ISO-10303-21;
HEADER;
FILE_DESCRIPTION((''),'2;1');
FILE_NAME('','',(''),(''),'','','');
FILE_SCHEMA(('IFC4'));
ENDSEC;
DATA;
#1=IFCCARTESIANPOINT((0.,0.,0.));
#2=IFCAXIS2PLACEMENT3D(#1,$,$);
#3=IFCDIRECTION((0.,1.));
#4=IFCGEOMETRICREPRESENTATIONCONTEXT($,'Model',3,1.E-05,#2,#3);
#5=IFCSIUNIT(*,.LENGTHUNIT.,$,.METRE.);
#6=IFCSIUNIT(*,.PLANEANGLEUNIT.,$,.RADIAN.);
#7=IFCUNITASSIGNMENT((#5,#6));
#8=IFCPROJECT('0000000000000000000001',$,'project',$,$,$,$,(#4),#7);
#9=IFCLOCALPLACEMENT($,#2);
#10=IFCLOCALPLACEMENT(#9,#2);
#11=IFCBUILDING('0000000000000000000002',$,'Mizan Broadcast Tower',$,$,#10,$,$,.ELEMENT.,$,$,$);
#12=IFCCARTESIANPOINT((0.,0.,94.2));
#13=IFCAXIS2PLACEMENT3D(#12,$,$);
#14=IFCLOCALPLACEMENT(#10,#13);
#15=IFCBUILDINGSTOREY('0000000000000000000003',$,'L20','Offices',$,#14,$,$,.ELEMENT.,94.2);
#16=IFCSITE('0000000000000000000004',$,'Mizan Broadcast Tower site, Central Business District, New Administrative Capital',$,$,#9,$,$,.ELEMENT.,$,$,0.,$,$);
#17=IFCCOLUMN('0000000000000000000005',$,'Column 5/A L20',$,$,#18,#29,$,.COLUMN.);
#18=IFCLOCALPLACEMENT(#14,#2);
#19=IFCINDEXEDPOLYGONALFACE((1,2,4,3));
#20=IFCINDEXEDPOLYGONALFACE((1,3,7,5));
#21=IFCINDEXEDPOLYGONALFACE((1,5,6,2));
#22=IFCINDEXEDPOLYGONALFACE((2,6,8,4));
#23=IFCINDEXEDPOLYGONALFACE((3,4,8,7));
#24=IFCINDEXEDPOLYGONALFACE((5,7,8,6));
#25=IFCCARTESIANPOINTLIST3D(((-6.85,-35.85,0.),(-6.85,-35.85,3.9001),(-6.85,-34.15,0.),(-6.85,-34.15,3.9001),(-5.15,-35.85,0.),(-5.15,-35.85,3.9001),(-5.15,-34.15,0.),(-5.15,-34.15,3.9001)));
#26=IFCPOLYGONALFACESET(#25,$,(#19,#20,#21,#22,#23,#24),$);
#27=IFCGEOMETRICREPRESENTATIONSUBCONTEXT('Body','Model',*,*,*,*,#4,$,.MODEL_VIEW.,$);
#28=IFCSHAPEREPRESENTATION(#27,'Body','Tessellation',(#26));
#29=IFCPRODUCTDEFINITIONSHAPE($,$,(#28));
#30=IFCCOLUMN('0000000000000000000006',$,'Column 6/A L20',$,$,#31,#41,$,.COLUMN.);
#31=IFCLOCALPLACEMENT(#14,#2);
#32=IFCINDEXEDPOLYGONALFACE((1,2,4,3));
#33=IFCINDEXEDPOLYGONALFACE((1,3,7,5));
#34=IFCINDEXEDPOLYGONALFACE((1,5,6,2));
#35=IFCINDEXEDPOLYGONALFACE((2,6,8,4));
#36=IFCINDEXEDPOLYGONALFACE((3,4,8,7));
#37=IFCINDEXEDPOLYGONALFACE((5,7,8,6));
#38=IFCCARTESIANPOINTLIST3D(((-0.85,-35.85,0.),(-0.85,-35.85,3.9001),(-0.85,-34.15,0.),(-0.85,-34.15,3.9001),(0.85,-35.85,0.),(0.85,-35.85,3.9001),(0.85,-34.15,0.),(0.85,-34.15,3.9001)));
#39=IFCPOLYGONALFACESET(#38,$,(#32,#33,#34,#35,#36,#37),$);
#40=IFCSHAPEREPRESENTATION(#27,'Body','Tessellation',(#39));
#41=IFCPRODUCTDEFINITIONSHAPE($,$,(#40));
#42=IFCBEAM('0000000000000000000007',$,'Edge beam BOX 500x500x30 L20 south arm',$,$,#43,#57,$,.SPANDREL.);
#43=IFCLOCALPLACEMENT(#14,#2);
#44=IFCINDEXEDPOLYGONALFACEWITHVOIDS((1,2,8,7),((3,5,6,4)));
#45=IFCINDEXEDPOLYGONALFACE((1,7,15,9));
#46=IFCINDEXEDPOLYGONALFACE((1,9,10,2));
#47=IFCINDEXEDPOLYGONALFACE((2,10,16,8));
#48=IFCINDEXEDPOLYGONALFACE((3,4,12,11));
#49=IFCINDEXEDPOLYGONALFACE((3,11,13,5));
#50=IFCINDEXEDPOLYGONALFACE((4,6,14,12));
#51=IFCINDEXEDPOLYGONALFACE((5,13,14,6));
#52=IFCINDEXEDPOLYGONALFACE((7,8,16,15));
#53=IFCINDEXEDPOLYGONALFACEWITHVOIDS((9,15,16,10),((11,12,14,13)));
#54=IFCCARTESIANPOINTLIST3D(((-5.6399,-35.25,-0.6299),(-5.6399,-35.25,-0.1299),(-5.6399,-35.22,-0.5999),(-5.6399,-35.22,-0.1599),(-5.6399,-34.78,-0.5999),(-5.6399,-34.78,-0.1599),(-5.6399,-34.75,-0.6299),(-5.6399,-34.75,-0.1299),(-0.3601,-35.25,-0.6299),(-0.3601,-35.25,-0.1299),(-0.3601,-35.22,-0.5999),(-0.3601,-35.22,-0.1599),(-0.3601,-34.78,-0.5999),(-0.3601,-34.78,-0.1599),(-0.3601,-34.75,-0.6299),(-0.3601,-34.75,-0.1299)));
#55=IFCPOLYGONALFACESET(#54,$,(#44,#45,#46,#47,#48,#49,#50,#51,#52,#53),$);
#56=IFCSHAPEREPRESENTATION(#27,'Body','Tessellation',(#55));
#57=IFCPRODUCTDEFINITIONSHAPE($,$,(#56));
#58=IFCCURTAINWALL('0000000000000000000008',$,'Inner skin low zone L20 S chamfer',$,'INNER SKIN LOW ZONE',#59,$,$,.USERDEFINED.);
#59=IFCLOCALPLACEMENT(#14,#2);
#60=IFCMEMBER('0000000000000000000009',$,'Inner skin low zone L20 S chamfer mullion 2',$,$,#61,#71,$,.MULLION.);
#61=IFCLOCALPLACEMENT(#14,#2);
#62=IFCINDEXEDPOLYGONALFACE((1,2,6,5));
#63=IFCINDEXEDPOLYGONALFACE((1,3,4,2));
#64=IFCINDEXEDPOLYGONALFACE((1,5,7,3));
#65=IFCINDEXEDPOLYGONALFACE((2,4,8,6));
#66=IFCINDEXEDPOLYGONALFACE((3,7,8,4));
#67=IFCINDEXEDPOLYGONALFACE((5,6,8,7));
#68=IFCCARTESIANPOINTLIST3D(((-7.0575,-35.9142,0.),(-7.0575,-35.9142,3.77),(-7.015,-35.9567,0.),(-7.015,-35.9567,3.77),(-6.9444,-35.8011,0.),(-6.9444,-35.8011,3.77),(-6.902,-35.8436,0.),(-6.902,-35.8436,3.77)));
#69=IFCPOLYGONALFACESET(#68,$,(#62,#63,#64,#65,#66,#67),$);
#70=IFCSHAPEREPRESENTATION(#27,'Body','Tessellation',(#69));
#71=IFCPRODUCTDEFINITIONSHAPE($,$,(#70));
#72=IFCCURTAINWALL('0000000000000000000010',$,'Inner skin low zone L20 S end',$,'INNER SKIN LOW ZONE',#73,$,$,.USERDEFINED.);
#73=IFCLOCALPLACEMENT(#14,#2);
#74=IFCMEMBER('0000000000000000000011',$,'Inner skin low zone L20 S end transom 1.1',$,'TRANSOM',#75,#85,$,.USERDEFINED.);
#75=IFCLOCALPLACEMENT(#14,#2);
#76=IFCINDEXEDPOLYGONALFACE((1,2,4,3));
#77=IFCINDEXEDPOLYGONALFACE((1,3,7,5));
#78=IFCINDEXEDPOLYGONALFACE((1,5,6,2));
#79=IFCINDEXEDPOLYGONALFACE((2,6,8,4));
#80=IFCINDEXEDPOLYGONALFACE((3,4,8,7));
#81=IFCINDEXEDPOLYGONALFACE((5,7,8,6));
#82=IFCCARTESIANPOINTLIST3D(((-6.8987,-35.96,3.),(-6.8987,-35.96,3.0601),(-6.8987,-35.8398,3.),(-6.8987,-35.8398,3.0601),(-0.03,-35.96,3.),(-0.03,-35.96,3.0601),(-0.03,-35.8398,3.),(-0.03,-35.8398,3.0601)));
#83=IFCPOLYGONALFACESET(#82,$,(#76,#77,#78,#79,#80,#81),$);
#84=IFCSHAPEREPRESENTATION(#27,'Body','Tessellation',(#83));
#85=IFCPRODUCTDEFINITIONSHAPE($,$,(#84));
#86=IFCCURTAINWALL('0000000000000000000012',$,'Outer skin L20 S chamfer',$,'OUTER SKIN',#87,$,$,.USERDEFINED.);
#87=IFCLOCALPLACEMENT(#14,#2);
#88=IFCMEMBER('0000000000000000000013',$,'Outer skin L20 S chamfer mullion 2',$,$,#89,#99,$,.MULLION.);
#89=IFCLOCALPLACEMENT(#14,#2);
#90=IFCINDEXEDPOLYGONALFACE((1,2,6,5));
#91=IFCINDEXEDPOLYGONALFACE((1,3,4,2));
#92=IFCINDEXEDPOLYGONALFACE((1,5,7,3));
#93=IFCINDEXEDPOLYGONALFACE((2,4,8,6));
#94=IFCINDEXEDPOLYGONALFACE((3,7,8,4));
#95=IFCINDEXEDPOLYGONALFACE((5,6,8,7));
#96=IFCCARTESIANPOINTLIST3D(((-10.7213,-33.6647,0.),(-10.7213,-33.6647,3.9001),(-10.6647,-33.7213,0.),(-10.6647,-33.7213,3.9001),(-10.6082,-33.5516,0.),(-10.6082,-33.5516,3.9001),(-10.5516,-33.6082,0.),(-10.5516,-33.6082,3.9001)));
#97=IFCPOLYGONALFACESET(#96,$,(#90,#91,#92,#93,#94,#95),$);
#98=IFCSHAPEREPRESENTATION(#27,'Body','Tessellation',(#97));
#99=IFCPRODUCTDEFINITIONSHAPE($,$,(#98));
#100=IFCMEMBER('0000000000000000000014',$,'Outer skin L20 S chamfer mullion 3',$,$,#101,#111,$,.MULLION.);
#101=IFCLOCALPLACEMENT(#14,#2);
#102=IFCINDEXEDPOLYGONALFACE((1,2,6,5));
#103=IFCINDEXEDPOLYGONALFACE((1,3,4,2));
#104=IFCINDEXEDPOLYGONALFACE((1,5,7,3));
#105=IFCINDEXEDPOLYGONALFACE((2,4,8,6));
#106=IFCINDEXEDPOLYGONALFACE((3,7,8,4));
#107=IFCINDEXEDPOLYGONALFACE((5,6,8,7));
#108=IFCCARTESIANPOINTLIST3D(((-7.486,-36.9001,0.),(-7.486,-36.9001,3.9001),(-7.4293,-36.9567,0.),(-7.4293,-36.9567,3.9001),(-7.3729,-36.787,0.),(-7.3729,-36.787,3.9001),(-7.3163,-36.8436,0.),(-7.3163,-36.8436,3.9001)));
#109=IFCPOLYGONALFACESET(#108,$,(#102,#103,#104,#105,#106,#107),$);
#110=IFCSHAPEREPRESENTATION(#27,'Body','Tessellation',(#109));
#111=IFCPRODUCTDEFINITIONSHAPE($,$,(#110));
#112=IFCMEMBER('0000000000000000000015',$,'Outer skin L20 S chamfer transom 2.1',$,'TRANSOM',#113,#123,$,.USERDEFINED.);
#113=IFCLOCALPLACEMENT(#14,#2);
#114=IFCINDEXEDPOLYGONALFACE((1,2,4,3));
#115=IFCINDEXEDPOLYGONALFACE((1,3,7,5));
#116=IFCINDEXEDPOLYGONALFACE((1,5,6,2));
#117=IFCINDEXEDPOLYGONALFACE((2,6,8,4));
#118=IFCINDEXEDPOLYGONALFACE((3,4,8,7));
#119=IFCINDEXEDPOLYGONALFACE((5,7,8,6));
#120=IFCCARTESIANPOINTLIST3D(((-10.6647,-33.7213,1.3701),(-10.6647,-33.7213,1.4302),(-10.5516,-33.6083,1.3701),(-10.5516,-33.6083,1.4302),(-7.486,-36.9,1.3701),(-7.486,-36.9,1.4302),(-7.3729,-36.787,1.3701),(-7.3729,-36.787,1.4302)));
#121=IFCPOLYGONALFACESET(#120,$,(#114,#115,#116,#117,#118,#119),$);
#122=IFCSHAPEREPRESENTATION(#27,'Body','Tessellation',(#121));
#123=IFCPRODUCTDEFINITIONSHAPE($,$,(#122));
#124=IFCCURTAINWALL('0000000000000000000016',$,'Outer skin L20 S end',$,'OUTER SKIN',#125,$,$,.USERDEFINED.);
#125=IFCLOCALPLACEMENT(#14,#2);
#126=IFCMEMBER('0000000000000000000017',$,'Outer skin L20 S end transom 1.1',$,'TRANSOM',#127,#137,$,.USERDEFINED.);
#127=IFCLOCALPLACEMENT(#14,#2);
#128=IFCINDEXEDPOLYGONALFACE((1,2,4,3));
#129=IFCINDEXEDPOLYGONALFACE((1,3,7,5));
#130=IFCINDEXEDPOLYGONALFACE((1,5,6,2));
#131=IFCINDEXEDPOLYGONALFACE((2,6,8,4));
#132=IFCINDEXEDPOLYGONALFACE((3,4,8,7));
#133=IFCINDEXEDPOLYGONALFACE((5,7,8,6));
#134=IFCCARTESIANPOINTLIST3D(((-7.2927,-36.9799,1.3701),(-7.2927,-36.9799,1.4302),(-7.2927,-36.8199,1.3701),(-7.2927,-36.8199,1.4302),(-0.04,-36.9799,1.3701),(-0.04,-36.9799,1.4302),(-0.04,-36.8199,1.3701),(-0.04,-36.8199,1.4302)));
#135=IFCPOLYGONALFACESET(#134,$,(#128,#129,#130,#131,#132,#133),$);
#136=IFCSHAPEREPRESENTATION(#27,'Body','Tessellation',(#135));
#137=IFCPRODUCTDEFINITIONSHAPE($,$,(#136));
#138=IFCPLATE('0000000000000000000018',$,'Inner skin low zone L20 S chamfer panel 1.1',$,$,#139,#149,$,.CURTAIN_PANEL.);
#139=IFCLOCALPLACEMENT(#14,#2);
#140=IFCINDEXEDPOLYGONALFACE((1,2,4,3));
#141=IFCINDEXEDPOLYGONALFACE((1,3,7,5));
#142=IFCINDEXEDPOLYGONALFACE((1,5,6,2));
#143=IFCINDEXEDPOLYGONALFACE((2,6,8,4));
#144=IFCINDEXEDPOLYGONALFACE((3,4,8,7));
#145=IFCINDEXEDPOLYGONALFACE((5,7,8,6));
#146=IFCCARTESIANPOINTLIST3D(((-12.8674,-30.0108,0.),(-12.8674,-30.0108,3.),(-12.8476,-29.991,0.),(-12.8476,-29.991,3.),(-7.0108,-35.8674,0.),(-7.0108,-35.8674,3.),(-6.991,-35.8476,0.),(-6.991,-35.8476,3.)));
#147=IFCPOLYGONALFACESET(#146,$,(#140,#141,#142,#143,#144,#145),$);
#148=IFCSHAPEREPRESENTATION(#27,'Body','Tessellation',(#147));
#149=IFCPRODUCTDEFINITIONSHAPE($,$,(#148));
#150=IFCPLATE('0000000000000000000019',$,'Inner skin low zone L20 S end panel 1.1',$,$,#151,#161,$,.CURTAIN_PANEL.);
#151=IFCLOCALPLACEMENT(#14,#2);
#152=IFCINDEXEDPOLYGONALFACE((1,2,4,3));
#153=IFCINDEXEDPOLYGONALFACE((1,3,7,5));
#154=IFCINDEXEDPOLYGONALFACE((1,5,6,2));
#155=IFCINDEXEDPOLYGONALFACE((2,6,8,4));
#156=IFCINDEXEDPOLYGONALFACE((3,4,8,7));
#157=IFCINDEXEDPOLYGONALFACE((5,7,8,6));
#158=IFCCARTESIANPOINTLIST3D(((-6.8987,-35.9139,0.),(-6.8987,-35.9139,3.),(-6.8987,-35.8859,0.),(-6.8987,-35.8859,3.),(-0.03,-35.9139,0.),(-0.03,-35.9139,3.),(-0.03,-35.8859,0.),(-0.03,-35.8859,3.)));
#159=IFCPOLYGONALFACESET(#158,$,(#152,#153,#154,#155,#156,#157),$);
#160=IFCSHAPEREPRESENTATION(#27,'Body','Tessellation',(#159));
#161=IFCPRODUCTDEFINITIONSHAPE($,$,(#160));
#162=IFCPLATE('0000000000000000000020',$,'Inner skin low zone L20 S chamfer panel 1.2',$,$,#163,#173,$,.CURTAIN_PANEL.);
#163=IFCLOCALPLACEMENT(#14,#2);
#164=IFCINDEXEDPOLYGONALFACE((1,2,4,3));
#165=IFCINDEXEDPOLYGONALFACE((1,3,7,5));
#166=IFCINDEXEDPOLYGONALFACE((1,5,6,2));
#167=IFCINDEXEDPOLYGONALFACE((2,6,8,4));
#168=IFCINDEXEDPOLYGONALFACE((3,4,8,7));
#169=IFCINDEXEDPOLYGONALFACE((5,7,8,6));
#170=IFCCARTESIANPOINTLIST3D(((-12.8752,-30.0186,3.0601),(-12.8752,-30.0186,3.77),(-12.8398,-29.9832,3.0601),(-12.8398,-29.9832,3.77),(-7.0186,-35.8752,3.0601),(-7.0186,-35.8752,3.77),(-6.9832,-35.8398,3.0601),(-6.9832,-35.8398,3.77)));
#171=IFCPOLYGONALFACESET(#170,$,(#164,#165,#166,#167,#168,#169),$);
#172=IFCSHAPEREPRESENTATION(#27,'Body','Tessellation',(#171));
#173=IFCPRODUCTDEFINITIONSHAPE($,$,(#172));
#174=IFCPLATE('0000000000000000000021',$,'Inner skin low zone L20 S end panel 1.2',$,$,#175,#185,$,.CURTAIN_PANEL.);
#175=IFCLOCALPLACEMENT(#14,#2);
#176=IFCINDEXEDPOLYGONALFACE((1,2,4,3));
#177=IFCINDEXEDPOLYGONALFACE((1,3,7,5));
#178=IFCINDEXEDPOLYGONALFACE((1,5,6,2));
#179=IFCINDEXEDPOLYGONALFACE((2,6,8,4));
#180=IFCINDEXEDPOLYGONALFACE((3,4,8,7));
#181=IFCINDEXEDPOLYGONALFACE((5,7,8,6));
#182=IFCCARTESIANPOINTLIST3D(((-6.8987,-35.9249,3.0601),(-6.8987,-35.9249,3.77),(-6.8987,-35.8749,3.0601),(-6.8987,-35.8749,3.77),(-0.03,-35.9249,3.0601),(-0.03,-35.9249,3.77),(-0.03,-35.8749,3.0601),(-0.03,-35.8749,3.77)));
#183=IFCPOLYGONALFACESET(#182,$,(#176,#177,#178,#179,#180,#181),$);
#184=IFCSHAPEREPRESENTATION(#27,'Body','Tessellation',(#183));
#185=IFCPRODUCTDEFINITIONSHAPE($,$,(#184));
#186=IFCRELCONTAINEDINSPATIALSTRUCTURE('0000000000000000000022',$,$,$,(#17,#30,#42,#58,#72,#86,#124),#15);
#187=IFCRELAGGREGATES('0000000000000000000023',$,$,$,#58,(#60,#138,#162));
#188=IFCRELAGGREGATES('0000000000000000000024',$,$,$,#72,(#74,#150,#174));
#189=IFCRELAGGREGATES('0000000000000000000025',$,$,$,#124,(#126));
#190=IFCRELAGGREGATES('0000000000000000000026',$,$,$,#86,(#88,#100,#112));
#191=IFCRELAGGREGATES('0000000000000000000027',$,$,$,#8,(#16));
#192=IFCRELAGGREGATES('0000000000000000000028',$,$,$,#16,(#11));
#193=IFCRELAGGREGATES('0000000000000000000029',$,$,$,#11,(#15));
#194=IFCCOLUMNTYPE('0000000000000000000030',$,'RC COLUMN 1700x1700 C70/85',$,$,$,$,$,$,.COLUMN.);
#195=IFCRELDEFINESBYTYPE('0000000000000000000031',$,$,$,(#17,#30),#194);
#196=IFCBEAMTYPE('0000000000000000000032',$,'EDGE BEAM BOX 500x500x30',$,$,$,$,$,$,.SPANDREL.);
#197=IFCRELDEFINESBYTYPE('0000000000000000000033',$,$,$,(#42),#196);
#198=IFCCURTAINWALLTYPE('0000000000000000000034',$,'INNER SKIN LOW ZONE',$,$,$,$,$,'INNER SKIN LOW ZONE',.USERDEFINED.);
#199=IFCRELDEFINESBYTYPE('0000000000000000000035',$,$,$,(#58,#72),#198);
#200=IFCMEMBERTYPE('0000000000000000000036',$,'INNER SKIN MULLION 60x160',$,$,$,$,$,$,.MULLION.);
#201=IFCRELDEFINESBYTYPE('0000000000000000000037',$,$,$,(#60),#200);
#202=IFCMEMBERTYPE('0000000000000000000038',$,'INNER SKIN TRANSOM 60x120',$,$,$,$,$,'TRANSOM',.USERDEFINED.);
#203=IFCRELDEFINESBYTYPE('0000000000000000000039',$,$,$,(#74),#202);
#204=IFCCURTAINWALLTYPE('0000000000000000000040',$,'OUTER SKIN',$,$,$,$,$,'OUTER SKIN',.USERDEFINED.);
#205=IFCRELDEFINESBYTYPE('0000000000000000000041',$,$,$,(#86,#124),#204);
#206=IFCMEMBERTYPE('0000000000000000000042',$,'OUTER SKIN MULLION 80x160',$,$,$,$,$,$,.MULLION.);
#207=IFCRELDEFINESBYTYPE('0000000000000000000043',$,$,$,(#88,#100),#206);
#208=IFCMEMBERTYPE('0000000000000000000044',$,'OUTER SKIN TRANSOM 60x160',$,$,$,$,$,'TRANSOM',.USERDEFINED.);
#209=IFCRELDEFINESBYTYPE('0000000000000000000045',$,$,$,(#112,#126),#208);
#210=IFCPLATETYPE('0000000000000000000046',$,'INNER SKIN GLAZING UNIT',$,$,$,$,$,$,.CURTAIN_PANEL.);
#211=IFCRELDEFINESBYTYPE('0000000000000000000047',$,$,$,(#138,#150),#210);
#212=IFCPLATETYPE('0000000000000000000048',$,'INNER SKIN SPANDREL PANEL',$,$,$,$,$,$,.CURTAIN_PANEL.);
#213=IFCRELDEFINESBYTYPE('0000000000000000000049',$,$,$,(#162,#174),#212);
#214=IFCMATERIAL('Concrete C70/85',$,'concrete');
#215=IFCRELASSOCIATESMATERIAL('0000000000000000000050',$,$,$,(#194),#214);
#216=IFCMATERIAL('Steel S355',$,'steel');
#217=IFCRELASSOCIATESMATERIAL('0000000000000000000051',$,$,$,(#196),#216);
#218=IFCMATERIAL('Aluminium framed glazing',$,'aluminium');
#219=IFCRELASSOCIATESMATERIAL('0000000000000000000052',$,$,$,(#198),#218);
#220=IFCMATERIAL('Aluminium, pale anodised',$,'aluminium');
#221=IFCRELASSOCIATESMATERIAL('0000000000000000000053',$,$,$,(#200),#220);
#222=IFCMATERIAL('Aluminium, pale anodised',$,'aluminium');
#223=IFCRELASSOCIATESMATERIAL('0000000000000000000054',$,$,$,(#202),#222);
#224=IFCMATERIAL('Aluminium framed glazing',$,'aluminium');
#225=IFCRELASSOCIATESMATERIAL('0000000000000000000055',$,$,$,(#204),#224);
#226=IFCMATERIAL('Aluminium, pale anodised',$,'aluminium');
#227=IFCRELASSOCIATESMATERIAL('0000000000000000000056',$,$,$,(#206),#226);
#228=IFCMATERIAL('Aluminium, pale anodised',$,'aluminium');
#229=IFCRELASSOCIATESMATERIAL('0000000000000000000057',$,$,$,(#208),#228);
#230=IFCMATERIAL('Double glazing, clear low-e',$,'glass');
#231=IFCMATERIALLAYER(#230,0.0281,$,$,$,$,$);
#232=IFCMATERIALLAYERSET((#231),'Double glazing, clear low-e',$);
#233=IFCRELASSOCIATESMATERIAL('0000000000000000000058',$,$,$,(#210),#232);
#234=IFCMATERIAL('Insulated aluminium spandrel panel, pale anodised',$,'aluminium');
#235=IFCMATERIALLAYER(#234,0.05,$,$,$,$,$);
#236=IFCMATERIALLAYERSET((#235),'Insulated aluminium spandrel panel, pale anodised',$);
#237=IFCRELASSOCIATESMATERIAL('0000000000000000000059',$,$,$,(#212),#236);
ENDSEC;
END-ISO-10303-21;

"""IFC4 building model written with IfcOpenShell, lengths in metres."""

from ifc_helpers import new_model, si_unit, direction, frame, origin, origin_2d, place, context, subcontext, project, spatial, rectangle, hollow_rectangle, extrude, material, layer, layer_set, material_profile, profile_set, type_object, element, aggregate, save


model = new_model("IFC4")

# Units and contexts
model_context = context("Model", 3, precision=1e-05, world=origin(), true_north=direction((0.0, 1.0)))
body_context = subcontext(model_context, "Body", "Model", "MODEL_VIEW")
ifc_project = project(units=[si_unit("LENGTHUNIT", "METRE"), si_unit("PLANEANGLEUNIT", "RADIAN")], contexts=[model_context])

# Site, building, storey
site_placement = place(None, origin())
site = spatial("IfcSite", under=ifc_project, at=site_placement, Name="Mizan Broadcast Tower site, Central Business District, New Administrative Capital", CompositionType="ELEMENT", RefElevation=0.0)
building_placement = place(site_placement, origin())
building = spatial("IfcBuilding", under=site, at=building_placement, Name="Mizan Broadcast Tower", CompositionType="ELEMENT")
storey_placement = place(building_placement, frame((0.0, 0.0, 94.2)))
storey = spatial("IfcBuildingStorey", under=building, at=storey_placement, Name="L20", Description="Offices", CompositionType="ELEMENT", Elevation=94.2)

# Columns
ifc_material_1 = material(Name="Concrete C70/85", Category="concrete")
ifc_material_profile_1 = material_profile(ifc_material_1, rectangle(XDim=1.7, YDim=1.7, at=origin_2d()), Name="RC 1700x1700")
ifc_profile_set_1 = profile_set([ifc_material_profile_1], Name="Concrete C70/85")
column_type = type_object("IfcColumnType", Name="RC COLUMN 1700x1700 C70/85", PredefinedType="COLUMN", material=ifc_profile_set_1)
for number, where, z_axis, x_axis, name in (
    (1, (-6.0, -35.0, 0.0), (0.0, 0.0, 1.0), (1.0, 0.0, 0.0), "Column 5/A L20"),
    (2, (0.0, -35.0, 0.0), (0.0, 0.0, 1.0), (1.0, 0.0, 0.0), "Column 6/A L20"),
):
    element("IfcColumn", number, at=place(storey_placement, frame(where, z_axis=z_axis, x_axis=x_axis)), inside=storey, type_object=column_type, Name=name, PredefinedType="COLUMN", context=body_context, shape_type="SweptSolid", body=[
        extrude(rectangle(XDim=1.7, YDim=1.7, at=origin_2d()), origin(), (0.0, 0.0, 1.0), 3.9001),
    ])

# Beam
ifc_material_2 = material(Name="Steel S355", Category="steel")
ifc_material_profile_2 = material_profile(ifc_material_2, hollow_rectangle(XDim=0.5, YDim=0.5, WallThickness=0.03, at=origin_2d()), Name="BOX 500x500x30")
ifc_profile_set_2 = profile_set([ifc_material_profile_2], Name="Steel S355")
beam_type = type_object("IfcBeamType", Name="EDGE BEAM BOX 500x500x30", PredefinedType="SPANDREL", material=ifc_profile_set_2)
beam_placement = place(storey_placement, frame((-5.6399, -35.0, -0.3799), z_axis=(1.0, 0.0, 0.0), x_axis=(0.0, 1.0, 0.0)))
element("IfcBeam", 3, at=beam_placement, inside=storey, type_object=beam_type, Name="Edge beam BOX 500x500x30 L20 south arm", PredefinedType="SPANDREL", context=body_context, shape_type="SweptSolid", body=[
    extrude(hollow_rectangle(XDim=0.5, YDim=0.5, WallThickness=0.03, at=origin_2d()), origin(), (0.0, 0.0, 1.0), 5.2798),
])

# Curtain walls, members
ifc_material_3 = material(Name="Aluminium framed glazing", Category="aluminium")
curtain_wall_type_1 = type_object("IfcCurtainWallType", Name="INNER SKIN LOW ZONE", ElementType="INNER SKIN LOW ZONE", PredefinedType="USERDEFINED", material=ifc_material_3)
curtain_wall_1_placement = place(storey_placement, origin())
curtain_wall_1 = element("IfcCurtainWall", 4, at=curtain_wall_1_placement, inside=storey, type_object=curtain_wall_type_1, Name="Inner skin low zone L20 S chamfer", ObjectType="INNER SKIN LOW ZONE", PredefinedType="USERDEFINED")
ifc_material_4 = material(Name="Aluminium, pale anodised", Category="aluminium")
ifc_material_profile_3 = material_profile(ifc_material_4, rectangle(XDim=0.1599, YDim=0.0601, at=origin_2d()), Name="MULLION 160x60")
ifc_profile_set_3 = profile_set([ifc_material_profile_3], Name="Aluminium, pale anodised")
member_type_1 = type_object("IfcMemberType", Name="INNER SKIN MULLION 60x160", PredefinedType="MULLION", material=ifc_profile_set_3)
member_1_placement = place(storey_placement, frame((-6.9797, -35.8789, 0.0), z_axis=(0.0, 0.0, 1.0), x_axis=(0.707107, 0.707107, 0.0)))
member_1 = element("IfcMember", 5, at=member_1_placement, type_object=member_type_1, Name="Inner skin low zone L20 S chamfer mullion 2", PredefinedType="MULLION", context=body_context, shape_type="SweptSolid", body=[
    extrude(rectangle(XDim=0.1599, YDim=0.0601, at=origin_2d()), origin(), (0.0, 0.0, 1.0), 3.77),
])
curtain_wall_2_placement = place(storey_placement, origin())
curtain_wall_2 = element("IfcCurtainWall", 6, at=curtain_wall_2_placement, inside=storey, type_object=curtain_wall_type_1, Name="Inner skin low zone L20 S end", ObjectType="INNER SKIN LOW ZONE", PredefinedType="USERDEFINED")
ifc_material_5 = material(Name="Aluminium, pale anodised", Category="aluminium")
ifc_material_profile_4 = material_profile(ifc_material_5, rectangle(XDim=0.1201, YDim=0.0601, at=origin_2d()), Name="TRANSOM 120x60")
ifc_profile_set_4 = profile_set([ifc_material_profile_4], Name="Aluminium, pale anodised")
member_type_2 = type_object("IfcMemberType", Name="INNER SKIN TRANSOM 60x120", ElementType="TRANSOM", PredefinedType="USERDEFINED", material=ifc_profile_set_4)
member_2_placement = place(storey_placement, frame((-6.8987, -35.8999, 3.03), z_axis=(1.0, 0.0, 0.0), x_axis=(0.0, 1.0, 0.0)))
member_2 = element("IfcMember", 7, at=member_2_placement, type_object=member_type_2, Name="Inner skin low zone L20 S end transom 1.1", ObjectType="TRANSOM", PredefinedType="USERDEFINED", context=body_context, shape_type="SweptSolid", body=[
    extrude(rectangle(XDim=0.1201, YDim=0.0601, at=origin_2d()), origin(), (0.0, 0.0, 1.0), 6.8687),
])

# Curtain wall, members
ifc_material_6 = material(Name="Aluminium framed glazing", Category="aluminium")
curtain_wall_type_2 = type_object("IfcCurtainWallType", Name="OUTER SKIN", ElementType="OUTER SKIN", PredefinedType="USERDEFINED", material=ifc_material_6)
curtain_wall_3_placement = place(storey_placement, origin())
curtain_wall_3 = element("IfcCurtainWall", 8, at=curtain_wall_3_placement, inside=storey, type_object=curtain_wall_type_2, Name="Outer skin L20 S chamfer", ObjectType="OUTER SKIN", PredefinedType="USERDEFINED")
ifc_material_7 = material(Name="Aluminium, pale anodised", Category="aluminium")
ifc_material_profile_5 = material_profile(ifc_material_7, rectangle(XDim=0.1599, YDim=0.0801, at=origin_2d()), Name="MULLION 160x80")
ifc_profile_set_5 = profile_set([ifc_material_profile_5], Name="Aluminium, pale anodised")
member_type_3 = type_object("IfcMemberType", Name="OUTER SKIN MULLION 80x160", PredefinedType="MULLION", material=ifc_profile_set_5)
member_3_placement = place(storey_placement, frame((-10.6365, -33.6365, 0.0), z_axis=(0.0, 0.0, 1.0), x_axis=(0.707107, 0.707107, 0.0)))
member_3 = element("IfcMember", 9, at=member_3_placement, type_object=member_type_3, Name="Outer skin L20 S chamfer mullion 2", PredefinedType="MULLION", context=body_context, shape_type="SweptSolid", body=[
    extrude(rectangle(XDim=0.1599, YDim=0.0801, at=origin_2d()), origin(), (0.0, 0.0, 1.0), 3.9001),
])
member_4_placement = place(storey_placement, frame((-7.4011, -36.8718, 0.0), z_axis=(0.0, 0.0, 1.0), x_axis=(0.707107, 0.707107, 0.0)))
member_4 = element("IfcMember", 10, at=member_4_placement, type_object=member_type_3, Name="Outer skin L20 S chamfer mullion 3", PredefinedType="MULLION", context=body_context, shape_type="SweptSolid", body=[
    extrude(rectangle(XDim=0.1599, YDim=0.0801, at=origin_2d()), origin(), (0.0, 0.0, 1.0), 3.9001),
])
ifc_material_8 = material(Name="Aluminium, pale anodised", Category="aluminium")
ifc_material_profile_6 = material_profile(ifc_material_8, rectangle(XDim=0.1599, YDim=0.0601, at=origin_2d()), Name="TRANSOM 160x60")
ifc_profile_set_6 = profile_set([ifc_material_profile_6], Name="Aluminium, pale anodised")
member_type_4 = type_object("IfcMemberType", Name="OUTER SKIN TRANSOM 60x160", ElementType="TRANSOM", PredefinedType="USERDEFINED", material=ifc_profile_set_6)
member_5_placement = place(storey_placement, frame((-10.6082, -33.6648, 1.4001), z_axis=(0.707107, -0.707107, 0.0), x_axis=(0.707107, 0.707107, 0.0)))
member_5 = element("IfcMember", 11, at=member_5_placement, type_object=member_type_4, Name="Outer skin L20 S chamfer transom 2.1", ObjectType="TRANSOM", PredefinedType="USERDEFINED", context=body_context, shape_type="SweptSolid", body=[
    extrude(rectangle(XDim=0.1599, YDim=0.0601, at=origin_2d()), origin(), (0.0, 0.0, 1.0), 4.4954),
])

# Curtain wall, member
curtain_wall_4_placement = place(storey_placement, origin())
curtain_wall_4 = element("IfcCurtainWall", 12, at=curtain_wall_4_placement, inside=storey, type_object=curtain_wall_type_2, Name="Outer skin L20 S end", ObjectType="OUTER SKIN", PredefinedType="USERDEFINED")
member_6_placement = place(storey_placement, frame((-7.2927, -36.8999, 1.4001), z_axis=(1.0, 0.0, 0.0), x_axis=(0.0, 1.0, 0.0)))
member_6 = element("IfcMember", 13, at=member_6_placement, type_object=member_type_4, Name="Outer skin L20 S end transom 1.1", ObjectType="TRANSOM", PredefinedType="USERDEFINED", context=body_context, shape_type="SweptSolid", body=[
    extrude(rectangle(XDim=0.1599, YDim=0.0601, at=origin_2d()), origin(), (0.0, 0.0, 1.0), 7.2527),
])

# Plates
ifc_material_9 = material(Name="Double glazing, clear low-e", Category="glass")
ifc_layer_1 = layer(ifc_material_9, 0.0281)
ifc_layer_set_1 = layer_set([ifc_layer_1], Name="Double glazing, clear low-e")
plate_type_1 = type_object("IfcPlateType", Name="INNER SKIN GLAZING UNIT", PredefinedType="CURTAIN_PANEL", material=ifc_layer_set_1)
plate_1_placement = place(storey_placement, frame((-9.9292, -32.9292, 0.0), z_axis=(0.0, 0.0, 1.0), x_axis=(0.707107, -0.707107, 0.0)))
plate_1 = element("IfcPlate", 14, at=plate_1_placement, type_object=plate_type_1, Name="Inner skin low zone L20 S chamfer panel 1.1", PredefinedType="CURTAIN_PANEL", context=body_context, shape_type="SweptSolid", body=[
    extrude(rectangle(XDim=8.2825, YDim=0.0281, at=origin_2d()), origin(), (0.0, 0.0, 1.0), 3.0),
])
plate_2_placement = place(storey_placement, frame((-3.4644, -35.8999, 0.0), z_axis=(0.0, 0.0, 1.0), x_axis=(1.0, 0.0, 0.0)))
plate_2 = element("IfcPlate", 15, at=plate_2_placement, type_object=plate_type_1, Name="Inner skin low zone L20 S end panel 1.1", PredefinedType="CURTAIN_PANEL", context=body_context, shape_type="SweptSolid", body=[
    extrude(rectangle(XDim=6.8687, YDim=0.0281, at=origin_2d()), origin(), (0.0, 0.0, 1.0), 3.0),
])
ifc_material_10 = material(Name="Insulated aluminium spandrel panel, pale anodised", Category="aluminium")
ifc_layer_2 = layer(ifc_material_10, 0.05)
ifc_layer_set_2 = layer_set([ifc_layer_2], Name="Insulated aluminium spandrel panel, pale anodised")
plate_type_2 = type_object("IfcPlateType", Name="INNER SKIN SPANDREL PANEL", PredefinedType="CURTAIN_PANEL", material=ifc_layer_set_2)
plate_3_placement = place(storey_placement, frame((-9.9292, -32.9292, 3.0601), z_axis=(0.0, 0.0, 1.0), x_axis=(0.707107, -0.707107, 0.0)))
plate_3 = element("IfcPlate", 16, at=plate_3_placement, type_object=plate_type_2, Name="Inner skin low zone L20 S chamfer panel 1.2", PredefinedType="CURTAIN_PANEL", context=body_context, shape_type="SweptSolid", body=[
    extrude(rectangle(XDim=8.2825, YDim=0.05, at=origin_2d()), origin(), (0.0, 0.0, 1.0), 0.71),
])
aggregate(curtain_wall_1, [member_1, plate_1, plate_3])
plate_4_placement = place(storey_placement, frame((-3.4644, -35.8999, 3.0601), z_axis=(0.0, 0.0, 1.0), x_axis=(1.0, 0.0, 0.0)))
plate_4 = element("IfcPlate", 17, at=plate_4_placement, type_object=plate_type_2, Name="Inner skin low zone L20 S end panel 1.2", PredefinedType="CURTAIN_PANEL", context=body_context, shape_type="SweptSolid", body=[
    extrude(rectangle(XDim=6.8687, YDim=0.05, at=origin_2d()), origin(), (0.0, 0.0, 1.0), 0.71),
])
aggregate(curtain_wall_2, [member_2, plate_2, plate_4])
aggregate(curtain_wall_4, [member_6])
aggregate(curtain_wall_3, [member_3, member_4, member_5])

save(model, "model.ifc")
